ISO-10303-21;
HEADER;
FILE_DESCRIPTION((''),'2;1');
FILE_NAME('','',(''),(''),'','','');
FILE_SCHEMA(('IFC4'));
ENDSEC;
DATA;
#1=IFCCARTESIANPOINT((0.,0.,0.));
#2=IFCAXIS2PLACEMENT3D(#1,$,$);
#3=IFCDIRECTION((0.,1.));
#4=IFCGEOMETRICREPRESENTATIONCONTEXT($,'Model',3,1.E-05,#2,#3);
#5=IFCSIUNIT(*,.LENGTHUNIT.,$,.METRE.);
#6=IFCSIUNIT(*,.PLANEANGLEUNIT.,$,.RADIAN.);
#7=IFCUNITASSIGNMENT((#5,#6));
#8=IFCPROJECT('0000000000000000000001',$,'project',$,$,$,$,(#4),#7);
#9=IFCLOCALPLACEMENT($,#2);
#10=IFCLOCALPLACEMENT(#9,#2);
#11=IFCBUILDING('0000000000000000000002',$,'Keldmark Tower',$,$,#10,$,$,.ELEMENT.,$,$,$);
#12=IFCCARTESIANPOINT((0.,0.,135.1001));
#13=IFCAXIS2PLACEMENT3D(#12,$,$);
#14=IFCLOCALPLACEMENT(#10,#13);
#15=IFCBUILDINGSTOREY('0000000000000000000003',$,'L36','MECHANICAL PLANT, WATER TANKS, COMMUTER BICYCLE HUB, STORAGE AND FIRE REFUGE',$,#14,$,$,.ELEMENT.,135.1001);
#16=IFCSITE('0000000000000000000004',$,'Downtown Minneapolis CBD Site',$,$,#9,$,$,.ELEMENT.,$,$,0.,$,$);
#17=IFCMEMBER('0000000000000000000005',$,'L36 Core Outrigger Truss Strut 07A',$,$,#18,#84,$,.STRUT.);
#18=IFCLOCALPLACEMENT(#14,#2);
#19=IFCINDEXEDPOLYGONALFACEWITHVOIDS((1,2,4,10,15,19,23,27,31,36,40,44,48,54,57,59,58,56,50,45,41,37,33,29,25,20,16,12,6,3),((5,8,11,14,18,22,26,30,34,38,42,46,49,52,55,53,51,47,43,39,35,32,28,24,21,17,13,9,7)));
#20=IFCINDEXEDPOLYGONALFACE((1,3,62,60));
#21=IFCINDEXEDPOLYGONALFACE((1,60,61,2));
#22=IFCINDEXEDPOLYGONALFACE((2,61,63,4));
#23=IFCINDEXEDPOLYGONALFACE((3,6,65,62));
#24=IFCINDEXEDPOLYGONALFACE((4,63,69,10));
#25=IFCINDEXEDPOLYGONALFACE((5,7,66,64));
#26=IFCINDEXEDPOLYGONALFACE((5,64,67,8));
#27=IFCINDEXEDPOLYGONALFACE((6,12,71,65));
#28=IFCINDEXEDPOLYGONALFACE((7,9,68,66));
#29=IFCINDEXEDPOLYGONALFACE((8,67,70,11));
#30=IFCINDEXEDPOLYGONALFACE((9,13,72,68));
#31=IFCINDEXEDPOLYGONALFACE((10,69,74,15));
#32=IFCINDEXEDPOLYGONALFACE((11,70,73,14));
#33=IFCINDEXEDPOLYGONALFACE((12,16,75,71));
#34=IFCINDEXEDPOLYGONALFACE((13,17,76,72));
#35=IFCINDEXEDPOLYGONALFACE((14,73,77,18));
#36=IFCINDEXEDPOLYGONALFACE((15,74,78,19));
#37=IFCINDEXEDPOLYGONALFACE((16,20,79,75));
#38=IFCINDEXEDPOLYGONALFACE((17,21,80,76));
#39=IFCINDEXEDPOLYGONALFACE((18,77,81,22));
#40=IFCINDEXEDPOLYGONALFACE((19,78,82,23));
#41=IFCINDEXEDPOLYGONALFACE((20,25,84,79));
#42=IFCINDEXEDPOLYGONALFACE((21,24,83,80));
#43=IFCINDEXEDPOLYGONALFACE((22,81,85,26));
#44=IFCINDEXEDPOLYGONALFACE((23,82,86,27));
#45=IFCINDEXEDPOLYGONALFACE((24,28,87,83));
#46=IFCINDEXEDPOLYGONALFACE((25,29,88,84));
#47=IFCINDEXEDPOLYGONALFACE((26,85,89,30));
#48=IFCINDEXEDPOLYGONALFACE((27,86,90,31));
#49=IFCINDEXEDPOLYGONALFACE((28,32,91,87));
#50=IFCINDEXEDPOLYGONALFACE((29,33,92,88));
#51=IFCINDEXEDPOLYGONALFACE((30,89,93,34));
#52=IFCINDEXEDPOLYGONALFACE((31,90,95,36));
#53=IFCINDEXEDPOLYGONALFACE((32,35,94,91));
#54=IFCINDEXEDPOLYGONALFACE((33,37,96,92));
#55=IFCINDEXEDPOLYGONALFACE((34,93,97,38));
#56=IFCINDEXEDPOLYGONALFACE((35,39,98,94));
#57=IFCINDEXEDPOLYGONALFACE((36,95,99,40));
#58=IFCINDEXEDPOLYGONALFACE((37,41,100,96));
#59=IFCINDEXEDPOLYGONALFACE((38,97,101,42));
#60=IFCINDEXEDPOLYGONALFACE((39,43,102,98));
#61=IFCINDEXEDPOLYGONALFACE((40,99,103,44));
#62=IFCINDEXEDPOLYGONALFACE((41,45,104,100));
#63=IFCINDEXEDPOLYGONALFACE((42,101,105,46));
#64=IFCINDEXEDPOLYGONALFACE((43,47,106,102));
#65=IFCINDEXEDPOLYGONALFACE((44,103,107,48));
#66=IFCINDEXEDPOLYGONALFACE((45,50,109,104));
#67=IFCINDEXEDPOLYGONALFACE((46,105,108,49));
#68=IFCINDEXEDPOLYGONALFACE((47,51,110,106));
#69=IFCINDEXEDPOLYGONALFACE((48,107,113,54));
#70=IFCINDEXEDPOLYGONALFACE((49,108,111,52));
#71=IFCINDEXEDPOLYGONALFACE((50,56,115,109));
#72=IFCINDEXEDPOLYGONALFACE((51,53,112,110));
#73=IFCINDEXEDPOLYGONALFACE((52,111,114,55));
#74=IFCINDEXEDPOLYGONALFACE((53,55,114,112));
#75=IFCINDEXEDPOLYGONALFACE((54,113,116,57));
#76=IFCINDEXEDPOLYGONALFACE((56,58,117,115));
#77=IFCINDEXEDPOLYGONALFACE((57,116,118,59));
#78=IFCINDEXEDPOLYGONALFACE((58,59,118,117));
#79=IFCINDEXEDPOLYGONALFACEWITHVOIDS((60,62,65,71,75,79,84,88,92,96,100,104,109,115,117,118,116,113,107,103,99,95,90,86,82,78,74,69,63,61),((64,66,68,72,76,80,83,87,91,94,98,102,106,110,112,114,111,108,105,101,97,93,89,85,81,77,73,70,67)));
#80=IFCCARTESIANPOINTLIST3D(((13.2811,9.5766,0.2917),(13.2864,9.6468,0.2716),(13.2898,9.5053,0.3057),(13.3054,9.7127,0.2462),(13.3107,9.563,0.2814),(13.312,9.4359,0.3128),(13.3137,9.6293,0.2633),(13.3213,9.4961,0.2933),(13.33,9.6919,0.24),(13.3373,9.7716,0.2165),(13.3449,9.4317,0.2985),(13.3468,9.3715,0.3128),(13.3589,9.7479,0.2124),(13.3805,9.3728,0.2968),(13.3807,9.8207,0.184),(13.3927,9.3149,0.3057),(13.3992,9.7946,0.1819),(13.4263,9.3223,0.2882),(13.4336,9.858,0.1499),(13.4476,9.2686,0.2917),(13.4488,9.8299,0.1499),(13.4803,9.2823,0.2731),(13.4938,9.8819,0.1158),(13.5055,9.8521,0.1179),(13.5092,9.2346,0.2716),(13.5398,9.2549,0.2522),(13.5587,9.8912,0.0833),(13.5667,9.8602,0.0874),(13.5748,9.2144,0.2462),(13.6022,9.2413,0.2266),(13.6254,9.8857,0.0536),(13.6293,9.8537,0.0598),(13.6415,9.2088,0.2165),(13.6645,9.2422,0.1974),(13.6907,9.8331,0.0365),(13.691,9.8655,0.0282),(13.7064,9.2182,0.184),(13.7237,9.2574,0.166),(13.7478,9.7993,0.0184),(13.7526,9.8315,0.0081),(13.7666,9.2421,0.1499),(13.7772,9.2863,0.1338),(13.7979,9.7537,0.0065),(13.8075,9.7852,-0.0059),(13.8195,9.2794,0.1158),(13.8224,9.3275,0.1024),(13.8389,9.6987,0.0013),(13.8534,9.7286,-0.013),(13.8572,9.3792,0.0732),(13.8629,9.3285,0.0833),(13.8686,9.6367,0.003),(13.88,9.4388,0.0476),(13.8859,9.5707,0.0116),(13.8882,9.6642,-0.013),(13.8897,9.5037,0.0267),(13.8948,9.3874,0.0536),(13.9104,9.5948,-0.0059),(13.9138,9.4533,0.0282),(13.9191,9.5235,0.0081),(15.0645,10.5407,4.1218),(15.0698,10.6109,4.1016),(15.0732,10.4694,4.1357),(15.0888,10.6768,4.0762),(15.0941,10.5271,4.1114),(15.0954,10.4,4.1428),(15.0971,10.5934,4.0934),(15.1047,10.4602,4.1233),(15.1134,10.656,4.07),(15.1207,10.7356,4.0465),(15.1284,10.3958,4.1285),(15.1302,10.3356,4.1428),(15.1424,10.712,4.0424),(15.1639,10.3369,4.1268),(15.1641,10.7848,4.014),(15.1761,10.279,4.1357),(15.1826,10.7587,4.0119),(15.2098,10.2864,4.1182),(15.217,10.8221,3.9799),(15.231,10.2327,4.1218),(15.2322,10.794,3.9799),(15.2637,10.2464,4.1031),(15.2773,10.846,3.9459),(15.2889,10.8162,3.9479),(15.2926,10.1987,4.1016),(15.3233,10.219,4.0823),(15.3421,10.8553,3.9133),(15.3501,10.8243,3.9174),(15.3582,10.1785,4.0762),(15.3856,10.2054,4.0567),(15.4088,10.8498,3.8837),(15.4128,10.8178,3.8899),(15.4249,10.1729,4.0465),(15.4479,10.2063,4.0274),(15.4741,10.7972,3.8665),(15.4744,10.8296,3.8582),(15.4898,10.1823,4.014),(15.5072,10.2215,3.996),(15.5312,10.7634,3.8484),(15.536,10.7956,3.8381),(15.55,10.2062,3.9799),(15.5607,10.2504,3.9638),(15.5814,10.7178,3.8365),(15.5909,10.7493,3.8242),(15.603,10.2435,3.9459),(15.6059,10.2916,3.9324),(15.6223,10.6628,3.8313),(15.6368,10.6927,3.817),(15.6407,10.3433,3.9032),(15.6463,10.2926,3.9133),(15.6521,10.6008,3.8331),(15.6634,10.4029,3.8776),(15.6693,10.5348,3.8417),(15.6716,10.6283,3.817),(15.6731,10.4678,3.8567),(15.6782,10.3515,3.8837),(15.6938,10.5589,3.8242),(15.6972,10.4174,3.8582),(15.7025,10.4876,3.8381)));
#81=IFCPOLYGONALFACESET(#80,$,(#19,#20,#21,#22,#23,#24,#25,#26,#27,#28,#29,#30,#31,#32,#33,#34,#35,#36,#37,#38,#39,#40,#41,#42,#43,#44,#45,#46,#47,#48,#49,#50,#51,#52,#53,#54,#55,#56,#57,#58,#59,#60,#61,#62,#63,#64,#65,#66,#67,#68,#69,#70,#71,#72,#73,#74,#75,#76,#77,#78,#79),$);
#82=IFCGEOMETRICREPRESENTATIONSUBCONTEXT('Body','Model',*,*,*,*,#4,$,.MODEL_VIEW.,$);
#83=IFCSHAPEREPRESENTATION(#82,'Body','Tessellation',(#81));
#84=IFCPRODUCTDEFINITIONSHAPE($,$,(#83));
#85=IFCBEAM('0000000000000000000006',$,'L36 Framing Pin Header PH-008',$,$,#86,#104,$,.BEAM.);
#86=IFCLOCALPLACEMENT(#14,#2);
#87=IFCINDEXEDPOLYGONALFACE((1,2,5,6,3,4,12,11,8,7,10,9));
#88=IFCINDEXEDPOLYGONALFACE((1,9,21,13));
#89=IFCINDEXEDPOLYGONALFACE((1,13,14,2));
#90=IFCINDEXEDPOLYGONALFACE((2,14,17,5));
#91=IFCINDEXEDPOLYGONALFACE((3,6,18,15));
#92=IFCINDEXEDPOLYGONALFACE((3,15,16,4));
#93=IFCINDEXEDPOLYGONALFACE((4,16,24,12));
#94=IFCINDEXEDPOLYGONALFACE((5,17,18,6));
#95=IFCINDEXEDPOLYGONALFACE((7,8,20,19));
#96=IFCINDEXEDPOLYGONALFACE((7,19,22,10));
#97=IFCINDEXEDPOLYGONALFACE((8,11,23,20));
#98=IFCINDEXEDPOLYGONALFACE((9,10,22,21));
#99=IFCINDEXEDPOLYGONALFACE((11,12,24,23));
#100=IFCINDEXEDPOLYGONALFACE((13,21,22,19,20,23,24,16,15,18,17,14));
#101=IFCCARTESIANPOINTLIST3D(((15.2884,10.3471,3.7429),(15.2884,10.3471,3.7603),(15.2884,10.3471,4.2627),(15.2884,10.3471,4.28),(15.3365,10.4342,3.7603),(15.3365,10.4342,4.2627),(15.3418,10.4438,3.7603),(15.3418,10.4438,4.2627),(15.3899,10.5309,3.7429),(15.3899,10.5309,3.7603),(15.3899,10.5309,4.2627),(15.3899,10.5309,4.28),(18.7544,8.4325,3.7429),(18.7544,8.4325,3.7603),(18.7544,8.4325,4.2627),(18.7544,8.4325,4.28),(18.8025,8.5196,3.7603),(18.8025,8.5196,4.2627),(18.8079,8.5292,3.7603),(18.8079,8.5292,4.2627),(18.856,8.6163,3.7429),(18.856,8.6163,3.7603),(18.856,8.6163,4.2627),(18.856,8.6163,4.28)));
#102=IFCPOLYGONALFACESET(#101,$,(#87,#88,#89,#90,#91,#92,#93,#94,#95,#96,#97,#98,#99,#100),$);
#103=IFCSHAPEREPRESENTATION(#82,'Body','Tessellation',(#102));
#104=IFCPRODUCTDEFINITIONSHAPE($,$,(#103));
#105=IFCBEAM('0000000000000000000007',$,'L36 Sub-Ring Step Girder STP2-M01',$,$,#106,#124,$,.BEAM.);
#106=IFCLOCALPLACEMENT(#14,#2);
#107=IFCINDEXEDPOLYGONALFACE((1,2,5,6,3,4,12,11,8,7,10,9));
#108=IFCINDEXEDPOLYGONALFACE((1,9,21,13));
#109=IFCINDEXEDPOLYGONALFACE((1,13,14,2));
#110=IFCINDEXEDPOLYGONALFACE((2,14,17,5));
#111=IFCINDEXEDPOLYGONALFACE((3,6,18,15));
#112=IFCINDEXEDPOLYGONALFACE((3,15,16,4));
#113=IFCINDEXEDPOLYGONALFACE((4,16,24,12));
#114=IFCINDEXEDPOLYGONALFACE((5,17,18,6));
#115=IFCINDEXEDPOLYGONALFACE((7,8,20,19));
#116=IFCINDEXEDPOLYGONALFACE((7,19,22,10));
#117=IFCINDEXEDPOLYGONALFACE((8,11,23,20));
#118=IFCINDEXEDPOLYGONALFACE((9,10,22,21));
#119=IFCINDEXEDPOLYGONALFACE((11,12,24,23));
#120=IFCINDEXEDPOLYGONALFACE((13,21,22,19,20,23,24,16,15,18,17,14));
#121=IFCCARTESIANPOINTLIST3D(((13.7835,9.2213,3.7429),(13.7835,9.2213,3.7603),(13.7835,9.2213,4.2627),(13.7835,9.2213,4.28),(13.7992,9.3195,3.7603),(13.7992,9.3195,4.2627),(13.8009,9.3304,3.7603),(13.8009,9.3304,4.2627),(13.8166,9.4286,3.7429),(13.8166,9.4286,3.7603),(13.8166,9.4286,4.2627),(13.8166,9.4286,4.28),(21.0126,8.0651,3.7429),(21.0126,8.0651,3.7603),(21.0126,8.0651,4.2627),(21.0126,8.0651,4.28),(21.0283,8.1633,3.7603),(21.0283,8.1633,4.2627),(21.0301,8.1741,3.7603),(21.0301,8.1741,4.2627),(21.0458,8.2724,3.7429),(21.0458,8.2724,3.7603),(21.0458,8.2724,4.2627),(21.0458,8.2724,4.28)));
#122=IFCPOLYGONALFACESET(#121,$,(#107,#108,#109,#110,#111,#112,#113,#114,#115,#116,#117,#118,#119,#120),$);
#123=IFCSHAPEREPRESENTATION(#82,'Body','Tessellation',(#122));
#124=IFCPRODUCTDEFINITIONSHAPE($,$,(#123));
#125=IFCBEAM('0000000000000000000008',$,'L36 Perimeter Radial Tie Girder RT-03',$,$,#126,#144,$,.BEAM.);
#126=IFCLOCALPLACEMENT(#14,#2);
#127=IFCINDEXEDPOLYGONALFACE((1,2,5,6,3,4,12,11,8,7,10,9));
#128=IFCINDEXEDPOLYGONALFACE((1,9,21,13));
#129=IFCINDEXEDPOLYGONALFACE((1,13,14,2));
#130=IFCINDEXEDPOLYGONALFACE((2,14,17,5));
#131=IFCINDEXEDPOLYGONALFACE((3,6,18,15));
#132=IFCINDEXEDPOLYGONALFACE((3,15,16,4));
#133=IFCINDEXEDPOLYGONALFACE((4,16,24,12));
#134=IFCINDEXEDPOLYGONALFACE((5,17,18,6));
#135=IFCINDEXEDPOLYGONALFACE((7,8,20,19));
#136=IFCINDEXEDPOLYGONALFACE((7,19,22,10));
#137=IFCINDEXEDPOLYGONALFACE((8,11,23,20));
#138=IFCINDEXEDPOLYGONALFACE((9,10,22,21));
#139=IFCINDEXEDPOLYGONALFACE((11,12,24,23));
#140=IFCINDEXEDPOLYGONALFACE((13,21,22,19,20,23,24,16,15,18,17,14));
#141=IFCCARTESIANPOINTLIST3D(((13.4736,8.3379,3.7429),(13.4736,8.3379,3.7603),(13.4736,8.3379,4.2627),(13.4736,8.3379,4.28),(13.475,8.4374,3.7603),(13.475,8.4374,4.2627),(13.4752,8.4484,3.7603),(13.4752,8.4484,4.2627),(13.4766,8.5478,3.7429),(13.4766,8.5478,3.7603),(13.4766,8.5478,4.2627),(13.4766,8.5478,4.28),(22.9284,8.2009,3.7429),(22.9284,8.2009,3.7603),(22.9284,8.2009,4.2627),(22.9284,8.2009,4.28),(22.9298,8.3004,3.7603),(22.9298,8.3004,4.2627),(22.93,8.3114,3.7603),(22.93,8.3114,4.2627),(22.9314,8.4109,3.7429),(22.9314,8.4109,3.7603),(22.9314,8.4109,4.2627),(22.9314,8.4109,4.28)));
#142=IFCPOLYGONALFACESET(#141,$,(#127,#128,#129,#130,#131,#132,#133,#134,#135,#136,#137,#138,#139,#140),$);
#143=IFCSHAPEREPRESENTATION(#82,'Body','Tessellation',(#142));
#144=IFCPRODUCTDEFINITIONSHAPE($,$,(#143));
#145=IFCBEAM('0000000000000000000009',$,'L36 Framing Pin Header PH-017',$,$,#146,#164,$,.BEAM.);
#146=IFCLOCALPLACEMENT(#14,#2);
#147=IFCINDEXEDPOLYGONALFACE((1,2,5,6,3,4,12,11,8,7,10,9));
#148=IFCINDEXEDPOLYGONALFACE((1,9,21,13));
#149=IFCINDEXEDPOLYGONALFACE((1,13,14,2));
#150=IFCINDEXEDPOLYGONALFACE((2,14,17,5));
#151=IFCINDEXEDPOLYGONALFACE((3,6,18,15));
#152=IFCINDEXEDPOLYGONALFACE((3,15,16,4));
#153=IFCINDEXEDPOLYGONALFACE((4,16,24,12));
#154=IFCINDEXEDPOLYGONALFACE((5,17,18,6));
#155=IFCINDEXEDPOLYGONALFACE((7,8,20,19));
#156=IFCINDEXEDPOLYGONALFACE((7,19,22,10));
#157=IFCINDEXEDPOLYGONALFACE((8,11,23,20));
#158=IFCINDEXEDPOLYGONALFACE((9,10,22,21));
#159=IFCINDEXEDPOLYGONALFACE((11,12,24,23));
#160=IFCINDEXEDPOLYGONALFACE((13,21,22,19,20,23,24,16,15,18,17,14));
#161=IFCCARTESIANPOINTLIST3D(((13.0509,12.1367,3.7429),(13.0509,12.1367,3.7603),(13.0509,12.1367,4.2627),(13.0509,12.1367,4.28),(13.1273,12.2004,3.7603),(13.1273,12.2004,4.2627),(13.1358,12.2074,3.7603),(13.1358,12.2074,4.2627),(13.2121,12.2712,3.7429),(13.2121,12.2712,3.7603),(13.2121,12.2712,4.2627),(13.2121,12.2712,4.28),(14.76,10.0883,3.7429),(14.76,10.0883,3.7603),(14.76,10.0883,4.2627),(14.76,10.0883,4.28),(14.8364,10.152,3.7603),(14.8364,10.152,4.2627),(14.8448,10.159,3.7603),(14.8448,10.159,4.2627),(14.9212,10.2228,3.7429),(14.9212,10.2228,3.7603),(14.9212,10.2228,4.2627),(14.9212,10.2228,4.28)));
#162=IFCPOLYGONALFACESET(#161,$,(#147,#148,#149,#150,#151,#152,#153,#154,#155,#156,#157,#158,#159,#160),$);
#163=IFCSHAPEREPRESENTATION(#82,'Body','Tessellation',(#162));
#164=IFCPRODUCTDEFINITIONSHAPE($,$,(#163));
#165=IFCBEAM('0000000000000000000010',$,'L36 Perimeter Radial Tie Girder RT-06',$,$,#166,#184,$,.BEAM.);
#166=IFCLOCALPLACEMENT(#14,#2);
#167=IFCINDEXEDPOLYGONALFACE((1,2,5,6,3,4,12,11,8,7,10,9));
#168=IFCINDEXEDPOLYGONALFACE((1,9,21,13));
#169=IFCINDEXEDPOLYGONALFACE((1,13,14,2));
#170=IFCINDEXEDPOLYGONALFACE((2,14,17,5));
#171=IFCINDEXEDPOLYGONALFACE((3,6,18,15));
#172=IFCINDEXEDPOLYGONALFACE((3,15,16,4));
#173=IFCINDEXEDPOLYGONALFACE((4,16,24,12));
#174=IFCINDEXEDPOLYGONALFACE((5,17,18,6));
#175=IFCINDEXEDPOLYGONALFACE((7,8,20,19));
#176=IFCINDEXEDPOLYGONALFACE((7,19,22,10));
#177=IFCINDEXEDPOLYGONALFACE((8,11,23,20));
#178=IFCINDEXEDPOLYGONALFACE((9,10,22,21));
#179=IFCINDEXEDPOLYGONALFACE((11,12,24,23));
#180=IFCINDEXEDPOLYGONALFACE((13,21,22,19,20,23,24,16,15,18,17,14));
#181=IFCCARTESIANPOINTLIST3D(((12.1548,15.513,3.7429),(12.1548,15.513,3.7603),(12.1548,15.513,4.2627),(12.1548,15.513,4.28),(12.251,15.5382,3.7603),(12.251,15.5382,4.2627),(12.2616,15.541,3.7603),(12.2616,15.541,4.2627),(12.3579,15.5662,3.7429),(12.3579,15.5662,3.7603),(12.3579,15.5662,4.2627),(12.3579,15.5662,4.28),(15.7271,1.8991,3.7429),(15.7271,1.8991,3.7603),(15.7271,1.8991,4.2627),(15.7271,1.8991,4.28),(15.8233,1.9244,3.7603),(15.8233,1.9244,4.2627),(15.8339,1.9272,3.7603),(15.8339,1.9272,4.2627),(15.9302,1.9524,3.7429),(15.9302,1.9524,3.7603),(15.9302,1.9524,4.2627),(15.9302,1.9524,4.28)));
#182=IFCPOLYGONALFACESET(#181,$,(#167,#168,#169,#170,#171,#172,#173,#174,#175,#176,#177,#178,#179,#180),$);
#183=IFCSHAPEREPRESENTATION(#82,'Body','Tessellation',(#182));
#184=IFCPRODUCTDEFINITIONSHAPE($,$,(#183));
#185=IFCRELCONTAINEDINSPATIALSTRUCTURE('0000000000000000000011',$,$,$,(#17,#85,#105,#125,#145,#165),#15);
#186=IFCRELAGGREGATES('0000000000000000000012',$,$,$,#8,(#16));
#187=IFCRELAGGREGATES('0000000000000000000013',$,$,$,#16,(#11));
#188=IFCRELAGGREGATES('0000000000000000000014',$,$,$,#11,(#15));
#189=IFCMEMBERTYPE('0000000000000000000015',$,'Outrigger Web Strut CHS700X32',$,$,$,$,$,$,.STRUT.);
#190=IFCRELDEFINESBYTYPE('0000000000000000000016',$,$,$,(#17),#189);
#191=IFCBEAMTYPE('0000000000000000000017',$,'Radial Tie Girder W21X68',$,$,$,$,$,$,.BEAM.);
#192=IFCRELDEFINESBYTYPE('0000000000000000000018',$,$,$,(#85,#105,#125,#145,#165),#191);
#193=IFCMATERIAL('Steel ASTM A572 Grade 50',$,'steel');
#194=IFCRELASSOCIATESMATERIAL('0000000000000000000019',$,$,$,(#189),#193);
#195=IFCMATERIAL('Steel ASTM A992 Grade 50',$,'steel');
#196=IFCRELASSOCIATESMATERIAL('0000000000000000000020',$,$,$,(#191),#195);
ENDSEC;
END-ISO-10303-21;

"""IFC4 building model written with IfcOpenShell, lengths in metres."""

from ifc_helpers import new_model, si_unit, direction, frame, origin, origin_2d, place, context, subcontext, project, spatial, hollow_circle, i_section, extrude, material, material_profile, profile_set, type_object, element, save


model = new_model("IFC4")

# Units and contexts
model_context = context("Model", 3, precision=1e-05, world=origin(), true_north=direction((0.0, 1.0)))
body_context = subcontext(model_context, "Body", "Model", "MODEL_VIEW")
ifc_project = project(units=[si_unit("LENGTHUNIT", "METRE"), si_unit("PLANEANGLEUNIT", "RADIAN")], contexts=[model_context])

# Site, building, storey
site_placement = place(None, origin())
site = spatial("IfcSite", under=ifc_project, at=site_placement, Name="Downtown Minneapolis CBD Site", CompositionType="ELEMENT", RefElevation=0.0)
building_placement = place(site_placement, origin())
building = spatial("IfcBuilding", under=site, at=building_placement, Name="Keldmark Tower", CompositionType="ELEMENT")
storey_placement = place(building_placement, frame((0.0, 0.0, 135.1001)))
storey = spatial("IfcBuildingStorey", under=building, at=storey_placement, Name="L36", Description="MECHANICAL PLANT, WATER TANKS, COMMUTER BICYCLE HUB, STORAGE AND FIRE REFUGE", CompositionType="ELEMENT", Elevation=135.1001)

# Member
ifc_material_1 = material(Name="Steel ASTM A572 Grade 50", Category="steel")
ifc_material_profile_1 = material_profile(ifc_material_1, hollow_circle(Radius=0.3501, WallThickness=0.032, at=origin_2d()), Name="CHS700X32")
ifc_profile_set_1 = profile_set([ifc_material_profile_1], Name="Steel ASTM A572 Grade 50")
member_type_1 = type_object("IfcMemberType", Name="Outrigger Web Strut CHS700X32", PredefinedType="STRUT", material=ifc_profile_set_1)
member_1_placement = place(storey_placement, frame((13.6001, 9.55, 0.1499), z_axis=(0.411544, 0.222476, 0.883819), x_axis=(-0.47555, 0.879689, 0.0)))
element("IfcMember", 1, at=member_1_placement, inside=storey, type_object=member_type_1, Name="L36 Core Outrigger Truss Strut 07A", PredefinedType="STRUT", context=body_context, shape_type="SweptSolid", body=[
    extrude(hollow_circle(Radius=0.3501, WallThickness=0.032, at=origin_2d()), origin(), (0.0, 0.0, 1.0), 4.3335),
])

# Beams
ifc_material_2 = material(Name="Steel ASTM A992 Grade 50", Category="steel")
ifc_material_profile_2 = material_profile(ifc_material_2, i_section(OverallWidth=0.21, OverallDepth=0.5371, WebThickness=0.011, FlangeThickness=0.0173, at=origin_2d()), Name="W21X68")
ifc_profile_set_2 = profile_set([ifc_material_profile_2], Name="Steel ASTM A992 Grade 50")
beam_type_1 = type_object("IfcBeamType", Name="Radial Tie Girder W21X68", PredefinedType="BEAM", material=ifc_profile_set_2)
beam_1_placement = place(storey_placement, frame((15.3391, 10.439, 4.0115), z_axis=(0.875338, -0.483511, 0.0), x_axis=(0.483511, 0.875338, 0.0)))
element("IfcBeam", 2, at=beam_1_placement, inside=storey, type_object=beam_type_1, Name="L36 Framing Pin Header PH-008", PredefinedType="BEAM", context=body_context, shape_type="SweptSolid", body=[
    extrude(i_section(OverallWidth=0.21, OverallDepth=0.5371, WebThickness=0.011, FlangeThickness=0.0173, at=origin_2d()), origin(), (0.0, 0.0, 1.0), 3.9597),
])
beam_2_placement = place(storey_placement, frame((13.8, 9.325, 4.0115), z_axis=(0.98745, -0.157933, 0.0), x_axis=(0.157933, 0.98745, 0.0)))
element("IfcBeam", 3, at=beam_2_placement, inside=storey, type_object=beam_type_1, Name="L36 Sub-Ring Step Girder STP2-M01", PredefinedType="BEAM", context=body_context, shape_type="SweptSolid", body=[
    extrude(i_section(OverallWidth=0.21, OverallDepth=0.5371, WebThickness=0.011, FlangeThickness=0.0173, at=origin_2d()), origin(), (0.0, 0.0, 1.0), 7.321),
])
beam_3_placement = place(storey_placement, frame((13.4751, 8.4429, 4.0115), z_axis=(0.999895, -0.014484, 0.0), x_axis=(0.014484, 0.999895, 0.0)))
element("IfcBeam", 4, at=beam_3_placement, inside=storey, type_object=beam_type_1, Name="L36 Perimeter Radial Tie Girder RT-03", PredefinedType="BEAM", context=body_context, shape_type="SweptSolid", body=[
    extrude(i_section(OverallWidth=0.21, OverallDepth=0.5371, WebThickness=0.011, FlangeThickness=0.0173, at=origin_2d()), origin(), (0.0, 0.0, 1.0), 9.4558),
])
beam_4_placement = place(storey_placement, frame((14.8406, 10.1555, 4.0115), z_axis=(-0.640634, 0.767846, 0.0), x_axis=(-0.767846, -0.640634, 0.0)))
element("IfcBeam", 5, at=beam_4_placement, inside=storey, type_object=beam_type_1, Name="L36 Framing Pin Header PH-017", PredefinedType="BEAM", context=body_context, shape_type="SweptSolid", body=[
    extrude(i_section(OverallWidth=0.21, OverallDepth=0.5371, WebThickness=0.011, FlangeThickness=0.0173, at=origin_2d()), origin(), (0.0, 0.0, 1.0), 2.6677),
])
beam_5_placement = place(storey_placement, frame((15.8286, 1.9258, 4.0115), z_axis=(-0.253808, 0.967254, 0.0), x_axis=(-0.967254, -0.253808, 0.0)))
element("IfcBeam", 6, at=beam_5_placement, inside=storey, type_object=beam_type_1, Name="L36 Perimeter Radial Tie Girder RT-06", PredefinedType="BEAM", context=body_context, shape_type="SweptSolid", body=[
    extrude(i_section(OverallWidth=0.21, OverallDepth=0.5371, WebThickness=0.011, FlangeThickness=0.0173, at=origin_2d()), origin(), (0.0, 0.0, 1.0), 14.0747),
])

save(model, "model.ifc")
